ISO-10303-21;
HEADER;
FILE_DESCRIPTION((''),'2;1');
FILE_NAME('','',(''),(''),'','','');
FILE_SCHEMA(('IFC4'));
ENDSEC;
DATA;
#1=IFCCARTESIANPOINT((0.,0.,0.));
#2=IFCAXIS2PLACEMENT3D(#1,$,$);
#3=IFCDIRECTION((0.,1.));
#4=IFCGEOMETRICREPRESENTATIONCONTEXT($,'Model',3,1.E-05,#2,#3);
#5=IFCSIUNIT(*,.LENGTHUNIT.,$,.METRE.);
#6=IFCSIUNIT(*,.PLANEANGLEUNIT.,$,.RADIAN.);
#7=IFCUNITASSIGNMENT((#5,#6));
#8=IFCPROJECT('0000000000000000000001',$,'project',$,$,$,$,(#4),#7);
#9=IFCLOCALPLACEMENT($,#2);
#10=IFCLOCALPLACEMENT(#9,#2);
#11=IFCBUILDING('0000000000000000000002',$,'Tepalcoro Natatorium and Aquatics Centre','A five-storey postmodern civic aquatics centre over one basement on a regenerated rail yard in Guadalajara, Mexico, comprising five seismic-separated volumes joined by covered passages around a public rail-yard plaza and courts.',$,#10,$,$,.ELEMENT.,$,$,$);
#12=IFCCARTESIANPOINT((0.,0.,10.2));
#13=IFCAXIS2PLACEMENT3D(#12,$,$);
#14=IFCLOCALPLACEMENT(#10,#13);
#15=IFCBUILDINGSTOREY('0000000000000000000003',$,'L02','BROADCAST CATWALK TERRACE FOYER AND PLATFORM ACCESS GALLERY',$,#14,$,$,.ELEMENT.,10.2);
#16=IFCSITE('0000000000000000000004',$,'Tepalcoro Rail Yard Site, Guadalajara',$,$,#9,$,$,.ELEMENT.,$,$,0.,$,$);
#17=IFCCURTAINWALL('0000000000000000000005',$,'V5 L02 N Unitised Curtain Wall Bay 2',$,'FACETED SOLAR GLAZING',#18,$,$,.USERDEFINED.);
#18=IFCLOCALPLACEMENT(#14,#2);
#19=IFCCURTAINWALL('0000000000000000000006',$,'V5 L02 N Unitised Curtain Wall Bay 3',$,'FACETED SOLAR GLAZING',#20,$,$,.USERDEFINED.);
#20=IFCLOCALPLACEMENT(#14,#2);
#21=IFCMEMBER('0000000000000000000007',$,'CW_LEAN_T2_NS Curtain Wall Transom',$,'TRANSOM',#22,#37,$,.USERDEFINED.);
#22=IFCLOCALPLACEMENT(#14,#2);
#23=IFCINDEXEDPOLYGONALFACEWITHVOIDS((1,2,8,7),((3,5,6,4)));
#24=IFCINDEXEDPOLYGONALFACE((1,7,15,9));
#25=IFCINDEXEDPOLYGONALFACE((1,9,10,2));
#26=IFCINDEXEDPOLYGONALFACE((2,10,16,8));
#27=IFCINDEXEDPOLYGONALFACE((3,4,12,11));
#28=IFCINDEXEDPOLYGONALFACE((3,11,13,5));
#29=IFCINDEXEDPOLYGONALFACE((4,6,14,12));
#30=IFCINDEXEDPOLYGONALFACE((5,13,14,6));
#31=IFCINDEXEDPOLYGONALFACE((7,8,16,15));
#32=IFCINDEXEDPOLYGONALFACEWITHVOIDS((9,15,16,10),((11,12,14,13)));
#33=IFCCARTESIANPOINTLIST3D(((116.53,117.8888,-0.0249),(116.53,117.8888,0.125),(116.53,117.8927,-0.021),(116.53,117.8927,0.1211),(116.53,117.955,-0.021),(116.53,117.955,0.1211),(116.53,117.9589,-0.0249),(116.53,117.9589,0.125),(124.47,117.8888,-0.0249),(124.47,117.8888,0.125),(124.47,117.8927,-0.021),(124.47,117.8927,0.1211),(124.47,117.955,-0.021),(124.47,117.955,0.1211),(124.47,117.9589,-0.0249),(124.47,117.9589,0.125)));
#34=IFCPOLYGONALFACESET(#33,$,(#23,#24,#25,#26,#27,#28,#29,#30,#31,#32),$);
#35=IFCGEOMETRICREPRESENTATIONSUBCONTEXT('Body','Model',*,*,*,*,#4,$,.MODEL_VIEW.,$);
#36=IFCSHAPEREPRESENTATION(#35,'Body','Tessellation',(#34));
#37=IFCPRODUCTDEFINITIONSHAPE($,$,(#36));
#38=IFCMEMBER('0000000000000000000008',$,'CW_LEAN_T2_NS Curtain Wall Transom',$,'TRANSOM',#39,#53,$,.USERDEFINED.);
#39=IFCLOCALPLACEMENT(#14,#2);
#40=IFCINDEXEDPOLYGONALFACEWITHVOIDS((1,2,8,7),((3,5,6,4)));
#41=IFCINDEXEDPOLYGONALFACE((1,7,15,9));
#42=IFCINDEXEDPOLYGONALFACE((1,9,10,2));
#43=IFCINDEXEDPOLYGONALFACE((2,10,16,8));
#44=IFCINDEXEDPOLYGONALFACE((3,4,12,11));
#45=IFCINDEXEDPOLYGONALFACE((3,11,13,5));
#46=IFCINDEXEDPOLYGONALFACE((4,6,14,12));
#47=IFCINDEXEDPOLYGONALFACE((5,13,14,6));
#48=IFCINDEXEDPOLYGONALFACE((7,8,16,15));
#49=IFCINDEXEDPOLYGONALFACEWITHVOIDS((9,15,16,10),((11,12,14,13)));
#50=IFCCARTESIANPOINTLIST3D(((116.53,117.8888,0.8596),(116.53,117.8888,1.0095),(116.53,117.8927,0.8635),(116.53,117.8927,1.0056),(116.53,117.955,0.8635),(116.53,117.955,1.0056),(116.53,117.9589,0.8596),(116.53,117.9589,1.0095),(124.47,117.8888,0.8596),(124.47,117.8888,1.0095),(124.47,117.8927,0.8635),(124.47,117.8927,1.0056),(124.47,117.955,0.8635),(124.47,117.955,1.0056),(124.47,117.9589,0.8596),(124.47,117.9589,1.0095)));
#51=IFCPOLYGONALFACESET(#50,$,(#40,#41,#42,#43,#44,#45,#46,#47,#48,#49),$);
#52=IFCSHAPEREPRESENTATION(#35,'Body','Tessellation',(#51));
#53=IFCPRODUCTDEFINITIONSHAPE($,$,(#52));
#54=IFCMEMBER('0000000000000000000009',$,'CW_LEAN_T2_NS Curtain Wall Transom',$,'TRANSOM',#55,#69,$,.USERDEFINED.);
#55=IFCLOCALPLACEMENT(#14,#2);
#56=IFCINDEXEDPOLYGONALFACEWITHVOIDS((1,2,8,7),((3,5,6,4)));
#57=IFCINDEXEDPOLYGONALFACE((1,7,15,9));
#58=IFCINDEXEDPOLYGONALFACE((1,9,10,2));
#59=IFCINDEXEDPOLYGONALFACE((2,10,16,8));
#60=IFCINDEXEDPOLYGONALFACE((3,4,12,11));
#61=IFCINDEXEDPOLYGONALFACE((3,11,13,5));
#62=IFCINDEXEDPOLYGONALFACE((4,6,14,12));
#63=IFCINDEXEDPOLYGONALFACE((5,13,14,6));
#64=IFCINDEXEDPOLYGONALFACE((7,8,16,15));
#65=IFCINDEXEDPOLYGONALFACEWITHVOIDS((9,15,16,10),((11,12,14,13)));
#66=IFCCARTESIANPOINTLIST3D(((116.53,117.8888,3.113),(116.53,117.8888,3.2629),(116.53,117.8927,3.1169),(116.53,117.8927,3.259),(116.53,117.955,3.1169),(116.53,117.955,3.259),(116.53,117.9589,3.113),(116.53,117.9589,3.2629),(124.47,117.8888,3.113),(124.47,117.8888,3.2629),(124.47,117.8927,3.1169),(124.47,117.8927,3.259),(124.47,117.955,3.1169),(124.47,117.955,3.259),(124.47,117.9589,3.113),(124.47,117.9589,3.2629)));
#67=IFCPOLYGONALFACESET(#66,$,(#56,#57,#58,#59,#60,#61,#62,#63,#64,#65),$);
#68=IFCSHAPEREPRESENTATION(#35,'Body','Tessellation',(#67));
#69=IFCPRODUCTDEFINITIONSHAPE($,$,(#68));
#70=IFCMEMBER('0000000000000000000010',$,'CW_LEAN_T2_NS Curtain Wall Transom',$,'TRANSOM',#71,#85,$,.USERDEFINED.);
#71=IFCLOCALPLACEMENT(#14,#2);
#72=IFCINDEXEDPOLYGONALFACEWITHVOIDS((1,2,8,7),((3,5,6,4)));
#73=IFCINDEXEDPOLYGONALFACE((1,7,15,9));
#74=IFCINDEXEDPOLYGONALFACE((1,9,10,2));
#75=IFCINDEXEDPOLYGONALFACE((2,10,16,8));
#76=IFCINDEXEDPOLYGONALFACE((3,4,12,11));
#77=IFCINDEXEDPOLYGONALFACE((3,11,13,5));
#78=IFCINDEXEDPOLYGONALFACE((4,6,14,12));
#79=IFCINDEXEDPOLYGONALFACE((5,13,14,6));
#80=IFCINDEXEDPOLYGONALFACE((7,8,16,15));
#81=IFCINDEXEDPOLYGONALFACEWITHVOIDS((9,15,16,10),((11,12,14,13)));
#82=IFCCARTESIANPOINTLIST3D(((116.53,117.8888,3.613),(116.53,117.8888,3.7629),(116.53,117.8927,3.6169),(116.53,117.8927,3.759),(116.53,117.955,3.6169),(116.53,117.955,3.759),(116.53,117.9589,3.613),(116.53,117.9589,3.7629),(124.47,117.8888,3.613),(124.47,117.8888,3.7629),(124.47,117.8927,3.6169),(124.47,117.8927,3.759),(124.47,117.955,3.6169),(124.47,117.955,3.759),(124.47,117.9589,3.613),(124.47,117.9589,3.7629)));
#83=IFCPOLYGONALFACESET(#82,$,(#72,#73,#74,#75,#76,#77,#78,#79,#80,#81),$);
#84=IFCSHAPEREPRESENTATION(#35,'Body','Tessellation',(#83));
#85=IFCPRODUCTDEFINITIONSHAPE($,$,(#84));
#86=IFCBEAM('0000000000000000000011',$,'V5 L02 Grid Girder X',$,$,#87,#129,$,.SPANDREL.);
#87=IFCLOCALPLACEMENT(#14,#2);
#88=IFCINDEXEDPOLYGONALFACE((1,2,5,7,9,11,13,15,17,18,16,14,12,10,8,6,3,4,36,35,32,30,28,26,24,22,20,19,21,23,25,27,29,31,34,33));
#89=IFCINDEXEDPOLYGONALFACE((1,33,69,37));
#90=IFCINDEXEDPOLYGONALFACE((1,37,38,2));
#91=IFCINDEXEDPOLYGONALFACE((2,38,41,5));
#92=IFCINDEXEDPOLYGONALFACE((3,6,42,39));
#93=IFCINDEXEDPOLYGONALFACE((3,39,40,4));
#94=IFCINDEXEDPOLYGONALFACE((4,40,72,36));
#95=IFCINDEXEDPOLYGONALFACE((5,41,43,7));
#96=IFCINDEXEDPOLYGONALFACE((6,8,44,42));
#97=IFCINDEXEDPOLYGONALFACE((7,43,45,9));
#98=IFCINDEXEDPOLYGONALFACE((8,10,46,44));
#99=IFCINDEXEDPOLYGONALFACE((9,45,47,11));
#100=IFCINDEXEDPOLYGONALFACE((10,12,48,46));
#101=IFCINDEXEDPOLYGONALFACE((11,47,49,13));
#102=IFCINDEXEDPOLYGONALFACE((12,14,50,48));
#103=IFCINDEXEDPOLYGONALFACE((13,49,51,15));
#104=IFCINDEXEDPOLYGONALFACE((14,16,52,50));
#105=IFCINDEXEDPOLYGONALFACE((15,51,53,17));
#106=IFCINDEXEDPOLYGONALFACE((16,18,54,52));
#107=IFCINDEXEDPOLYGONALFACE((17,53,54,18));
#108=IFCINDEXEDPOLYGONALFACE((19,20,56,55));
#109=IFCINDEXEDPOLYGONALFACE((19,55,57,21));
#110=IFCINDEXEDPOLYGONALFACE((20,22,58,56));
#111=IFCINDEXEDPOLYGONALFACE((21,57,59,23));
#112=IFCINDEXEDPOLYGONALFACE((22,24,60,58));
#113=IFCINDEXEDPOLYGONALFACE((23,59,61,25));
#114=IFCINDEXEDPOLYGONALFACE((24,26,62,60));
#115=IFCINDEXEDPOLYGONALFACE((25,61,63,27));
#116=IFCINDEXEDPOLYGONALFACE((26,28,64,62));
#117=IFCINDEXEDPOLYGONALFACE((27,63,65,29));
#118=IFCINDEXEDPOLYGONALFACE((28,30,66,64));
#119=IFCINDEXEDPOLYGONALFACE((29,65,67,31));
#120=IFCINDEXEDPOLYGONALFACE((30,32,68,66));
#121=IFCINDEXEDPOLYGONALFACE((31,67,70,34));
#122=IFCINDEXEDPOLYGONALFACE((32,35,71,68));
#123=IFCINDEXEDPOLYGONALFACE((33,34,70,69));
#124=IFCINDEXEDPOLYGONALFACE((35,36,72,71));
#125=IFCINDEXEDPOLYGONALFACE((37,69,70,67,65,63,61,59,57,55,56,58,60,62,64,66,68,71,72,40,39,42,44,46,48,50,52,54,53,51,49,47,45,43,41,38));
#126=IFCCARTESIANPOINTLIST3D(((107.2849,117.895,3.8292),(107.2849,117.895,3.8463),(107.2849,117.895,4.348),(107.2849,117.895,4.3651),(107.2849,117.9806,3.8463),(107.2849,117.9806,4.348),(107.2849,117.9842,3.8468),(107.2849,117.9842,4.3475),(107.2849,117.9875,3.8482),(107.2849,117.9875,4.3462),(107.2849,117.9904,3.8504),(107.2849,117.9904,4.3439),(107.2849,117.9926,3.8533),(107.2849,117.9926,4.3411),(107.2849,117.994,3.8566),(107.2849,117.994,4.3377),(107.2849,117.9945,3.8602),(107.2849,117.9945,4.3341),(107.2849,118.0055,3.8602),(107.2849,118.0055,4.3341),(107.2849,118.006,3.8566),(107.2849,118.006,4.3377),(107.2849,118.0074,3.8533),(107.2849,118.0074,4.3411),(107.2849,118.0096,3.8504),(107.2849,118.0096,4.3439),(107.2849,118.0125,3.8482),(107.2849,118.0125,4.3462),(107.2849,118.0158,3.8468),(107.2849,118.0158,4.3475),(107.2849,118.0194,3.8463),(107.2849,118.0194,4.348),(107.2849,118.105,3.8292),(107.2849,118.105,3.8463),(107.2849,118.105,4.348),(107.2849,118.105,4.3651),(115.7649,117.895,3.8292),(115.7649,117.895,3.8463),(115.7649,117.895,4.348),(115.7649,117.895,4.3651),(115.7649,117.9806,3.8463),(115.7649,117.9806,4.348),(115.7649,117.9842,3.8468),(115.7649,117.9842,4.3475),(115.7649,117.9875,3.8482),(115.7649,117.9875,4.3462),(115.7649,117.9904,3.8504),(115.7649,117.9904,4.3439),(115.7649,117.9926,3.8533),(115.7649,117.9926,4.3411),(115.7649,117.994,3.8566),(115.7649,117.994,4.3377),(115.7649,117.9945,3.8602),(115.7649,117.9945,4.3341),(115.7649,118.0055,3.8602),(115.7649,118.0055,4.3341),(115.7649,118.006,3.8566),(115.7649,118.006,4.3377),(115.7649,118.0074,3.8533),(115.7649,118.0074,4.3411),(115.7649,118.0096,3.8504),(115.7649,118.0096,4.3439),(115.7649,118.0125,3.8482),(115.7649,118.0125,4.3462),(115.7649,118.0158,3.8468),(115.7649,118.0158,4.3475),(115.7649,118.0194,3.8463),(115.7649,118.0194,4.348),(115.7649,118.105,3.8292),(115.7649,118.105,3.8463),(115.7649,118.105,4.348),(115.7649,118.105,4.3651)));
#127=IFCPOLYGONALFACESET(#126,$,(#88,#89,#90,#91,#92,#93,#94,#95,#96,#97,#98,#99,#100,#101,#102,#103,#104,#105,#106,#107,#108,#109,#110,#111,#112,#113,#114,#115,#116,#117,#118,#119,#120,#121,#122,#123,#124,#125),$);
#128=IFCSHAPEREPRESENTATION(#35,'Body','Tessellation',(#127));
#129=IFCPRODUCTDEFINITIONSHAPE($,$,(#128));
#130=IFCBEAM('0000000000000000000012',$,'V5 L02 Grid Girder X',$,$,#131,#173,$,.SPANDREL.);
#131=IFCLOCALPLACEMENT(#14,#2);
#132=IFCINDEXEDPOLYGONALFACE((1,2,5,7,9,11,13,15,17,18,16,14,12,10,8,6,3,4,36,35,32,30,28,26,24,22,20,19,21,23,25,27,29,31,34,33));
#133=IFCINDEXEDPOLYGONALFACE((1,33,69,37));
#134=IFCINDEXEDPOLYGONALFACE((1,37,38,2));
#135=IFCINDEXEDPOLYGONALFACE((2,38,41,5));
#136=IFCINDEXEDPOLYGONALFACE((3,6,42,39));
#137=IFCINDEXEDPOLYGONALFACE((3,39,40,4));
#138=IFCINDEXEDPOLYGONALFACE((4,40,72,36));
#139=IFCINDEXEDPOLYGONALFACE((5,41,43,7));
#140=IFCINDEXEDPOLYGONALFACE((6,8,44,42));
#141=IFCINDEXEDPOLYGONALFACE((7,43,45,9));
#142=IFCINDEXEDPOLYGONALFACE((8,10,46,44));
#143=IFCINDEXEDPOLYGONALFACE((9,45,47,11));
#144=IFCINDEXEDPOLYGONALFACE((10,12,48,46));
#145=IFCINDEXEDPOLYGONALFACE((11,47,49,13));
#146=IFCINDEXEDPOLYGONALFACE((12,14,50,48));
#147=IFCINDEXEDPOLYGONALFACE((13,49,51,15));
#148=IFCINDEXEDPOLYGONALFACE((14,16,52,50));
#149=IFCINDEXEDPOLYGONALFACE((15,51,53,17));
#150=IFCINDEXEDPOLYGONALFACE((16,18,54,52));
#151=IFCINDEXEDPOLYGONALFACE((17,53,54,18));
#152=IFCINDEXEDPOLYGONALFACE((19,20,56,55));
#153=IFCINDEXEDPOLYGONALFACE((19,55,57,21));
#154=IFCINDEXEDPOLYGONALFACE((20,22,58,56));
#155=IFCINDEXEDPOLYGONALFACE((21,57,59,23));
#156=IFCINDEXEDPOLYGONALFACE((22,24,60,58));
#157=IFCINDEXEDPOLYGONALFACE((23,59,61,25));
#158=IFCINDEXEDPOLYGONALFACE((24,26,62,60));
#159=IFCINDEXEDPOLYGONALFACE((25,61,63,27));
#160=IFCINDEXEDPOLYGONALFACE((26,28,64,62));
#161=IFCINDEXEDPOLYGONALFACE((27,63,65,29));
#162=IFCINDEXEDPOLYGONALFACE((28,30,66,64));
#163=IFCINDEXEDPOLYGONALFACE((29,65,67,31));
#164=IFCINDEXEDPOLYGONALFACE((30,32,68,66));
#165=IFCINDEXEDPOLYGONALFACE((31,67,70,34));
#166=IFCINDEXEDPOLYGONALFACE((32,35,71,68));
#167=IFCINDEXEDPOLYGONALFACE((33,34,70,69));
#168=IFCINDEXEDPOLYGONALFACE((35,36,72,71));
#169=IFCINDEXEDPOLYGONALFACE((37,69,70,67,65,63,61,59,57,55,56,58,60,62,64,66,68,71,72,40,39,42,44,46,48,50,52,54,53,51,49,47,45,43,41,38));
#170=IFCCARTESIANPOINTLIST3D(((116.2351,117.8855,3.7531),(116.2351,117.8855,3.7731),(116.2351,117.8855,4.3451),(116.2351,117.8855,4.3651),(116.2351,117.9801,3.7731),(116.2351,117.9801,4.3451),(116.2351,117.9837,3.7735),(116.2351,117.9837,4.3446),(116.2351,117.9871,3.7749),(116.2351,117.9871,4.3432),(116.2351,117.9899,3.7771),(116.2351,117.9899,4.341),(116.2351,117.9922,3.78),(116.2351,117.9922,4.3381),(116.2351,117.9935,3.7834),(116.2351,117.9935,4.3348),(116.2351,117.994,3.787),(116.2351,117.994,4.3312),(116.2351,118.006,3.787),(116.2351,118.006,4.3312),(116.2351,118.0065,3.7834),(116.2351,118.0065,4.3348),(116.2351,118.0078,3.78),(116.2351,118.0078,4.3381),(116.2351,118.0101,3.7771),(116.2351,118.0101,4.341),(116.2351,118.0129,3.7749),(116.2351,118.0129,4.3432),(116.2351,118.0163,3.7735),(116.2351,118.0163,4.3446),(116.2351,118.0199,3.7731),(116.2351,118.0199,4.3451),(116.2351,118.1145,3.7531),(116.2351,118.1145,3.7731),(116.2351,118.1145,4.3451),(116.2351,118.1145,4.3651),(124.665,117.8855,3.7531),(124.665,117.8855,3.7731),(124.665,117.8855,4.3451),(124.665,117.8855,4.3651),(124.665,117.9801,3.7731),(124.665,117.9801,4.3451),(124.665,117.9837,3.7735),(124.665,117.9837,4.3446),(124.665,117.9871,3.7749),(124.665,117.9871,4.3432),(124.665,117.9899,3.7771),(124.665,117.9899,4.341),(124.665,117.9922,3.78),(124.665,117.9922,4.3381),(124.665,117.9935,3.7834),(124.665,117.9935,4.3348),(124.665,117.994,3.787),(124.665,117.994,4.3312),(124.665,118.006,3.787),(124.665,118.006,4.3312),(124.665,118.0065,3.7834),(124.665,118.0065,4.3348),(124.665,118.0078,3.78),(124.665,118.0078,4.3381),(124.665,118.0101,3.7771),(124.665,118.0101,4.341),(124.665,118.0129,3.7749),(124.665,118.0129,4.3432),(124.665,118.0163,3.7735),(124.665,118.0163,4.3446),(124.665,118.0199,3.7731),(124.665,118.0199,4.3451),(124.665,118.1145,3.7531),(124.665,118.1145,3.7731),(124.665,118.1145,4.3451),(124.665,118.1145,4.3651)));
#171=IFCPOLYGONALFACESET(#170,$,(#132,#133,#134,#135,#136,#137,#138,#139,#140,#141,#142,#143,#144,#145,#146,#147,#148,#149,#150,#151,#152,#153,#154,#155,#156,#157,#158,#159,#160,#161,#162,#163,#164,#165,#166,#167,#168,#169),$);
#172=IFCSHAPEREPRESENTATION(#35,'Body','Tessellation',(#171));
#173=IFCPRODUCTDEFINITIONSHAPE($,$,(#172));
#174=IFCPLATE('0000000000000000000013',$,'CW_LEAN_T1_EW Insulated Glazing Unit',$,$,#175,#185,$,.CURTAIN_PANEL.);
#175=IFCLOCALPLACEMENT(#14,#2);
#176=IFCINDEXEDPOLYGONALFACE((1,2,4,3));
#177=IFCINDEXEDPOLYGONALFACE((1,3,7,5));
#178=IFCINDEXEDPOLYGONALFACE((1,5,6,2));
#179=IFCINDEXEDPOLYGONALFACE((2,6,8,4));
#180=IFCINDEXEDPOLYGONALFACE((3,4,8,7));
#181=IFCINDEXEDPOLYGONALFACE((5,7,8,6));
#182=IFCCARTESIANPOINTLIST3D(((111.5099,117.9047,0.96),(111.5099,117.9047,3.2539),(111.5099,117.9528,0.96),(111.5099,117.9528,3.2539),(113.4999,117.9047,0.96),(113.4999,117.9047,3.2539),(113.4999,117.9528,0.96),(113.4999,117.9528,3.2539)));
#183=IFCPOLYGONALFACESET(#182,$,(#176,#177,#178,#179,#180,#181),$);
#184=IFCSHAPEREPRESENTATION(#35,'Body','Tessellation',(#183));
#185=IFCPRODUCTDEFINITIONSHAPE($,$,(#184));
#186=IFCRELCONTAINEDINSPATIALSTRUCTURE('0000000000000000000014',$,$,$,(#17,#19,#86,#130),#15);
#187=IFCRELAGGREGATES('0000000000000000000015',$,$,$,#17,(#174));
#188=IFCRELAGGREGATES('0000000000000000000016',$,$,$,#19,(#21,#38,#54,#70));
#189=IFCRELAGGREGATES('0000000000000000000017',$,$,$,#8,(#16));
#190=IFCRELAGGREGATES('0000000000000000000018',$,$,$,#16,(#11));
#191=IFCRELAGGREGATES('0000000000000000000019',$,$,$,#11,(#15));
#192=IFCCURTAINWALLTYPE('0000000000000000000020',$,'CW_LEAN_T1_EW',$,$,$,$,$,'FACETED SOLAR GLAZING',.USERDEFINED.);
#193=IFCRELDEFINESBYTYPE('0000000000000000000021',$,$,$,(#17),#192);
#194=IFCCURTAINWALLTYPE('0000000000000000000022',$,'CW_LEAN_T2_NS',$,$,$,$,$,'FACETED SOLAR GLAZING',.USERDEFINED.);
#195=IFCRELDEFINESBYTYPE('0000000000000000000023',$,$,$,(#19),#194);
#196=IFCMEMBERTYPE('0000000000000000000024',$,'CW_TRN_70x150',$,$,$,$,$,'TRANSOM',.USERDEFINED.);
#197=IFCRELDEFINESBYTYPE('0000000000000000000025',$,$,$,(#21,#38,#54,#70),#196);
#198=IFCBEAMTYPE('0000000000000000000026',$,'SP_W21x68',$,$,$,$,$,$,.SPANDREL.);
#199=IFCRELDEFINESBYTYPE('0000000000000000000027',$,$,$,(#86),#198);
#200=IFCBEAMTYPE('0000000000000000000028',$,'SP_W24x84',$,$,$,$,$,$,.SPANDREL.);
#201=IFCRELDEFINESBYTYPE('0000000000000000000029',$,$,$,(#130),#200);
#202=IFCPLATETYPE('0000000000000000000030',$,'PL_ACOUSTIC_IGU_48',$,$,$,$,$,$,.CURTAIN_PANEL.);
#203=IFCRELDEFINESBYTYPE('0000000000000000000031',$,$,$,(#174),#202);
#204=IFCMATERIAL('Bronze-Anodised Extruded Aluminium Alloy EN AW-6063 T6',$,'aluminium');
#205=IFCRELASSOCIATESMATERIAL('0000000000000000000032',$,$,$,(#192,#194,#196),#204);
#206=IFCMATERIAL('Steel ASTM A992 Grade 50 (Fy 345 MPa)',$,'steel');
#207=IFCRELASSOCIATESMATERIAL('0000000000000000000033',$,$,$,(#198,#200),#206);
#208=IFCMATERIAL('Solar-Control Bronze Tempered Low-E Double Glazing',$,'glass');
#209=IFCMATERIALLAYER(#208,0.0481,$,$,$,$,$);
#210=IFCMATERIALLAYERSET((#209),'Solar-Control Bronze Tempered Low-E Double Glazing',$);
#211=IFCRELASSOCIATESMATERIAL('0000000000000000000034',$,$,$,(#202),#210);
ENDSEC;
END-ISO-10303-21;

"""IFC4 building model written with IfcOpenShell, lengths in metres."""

from ifc_helpers import new_model, si_unit, direction, frame, origin, origin_2d, place, context, subcontext, project, spatial, rectangle, hollow_rectangle, i_section, extrude, material, layer, layer_set, material_profile, profile_set, type_object, element, aggregate, save


model = new_model("IFC4")

# Units and contexts
model_context = context("Model", 3, precision=1e-05, world=origin(), true_north=direction((0.0, 1.0)))
body_context = subcontext(model_context, "Body", "Model", "MODEL_VIEW")
ifc_project = project(units=[si_unit("LENGTHUNIT", "METRE"), si_unit("PLANEANGLEUNIT", "RADIAN")], contexts=[model_context])

# Site, building, storey
site_placement = place(None, origin())
site = spatial("IfcSite", under=ifc_project, at=site_placement, Name="Tepalcoro Rail Yard Site, Guadalajara", CompositionType="ELEMENT", RefElevation=0.0)
building_placement = place(site_placement, origin())
building = spatial("IfcBuilding", under=site, at=building_placement, Name="Tepalcoro Natatorium and Aquatics Centre", Description="A five-storey postmodern civic aquatics centre over one basement on a regenerated rail yard in Guadalajara, Mexico, comprising five seismic-separated volumes joined by covered passages around a public rail-yard plaza and courts.", CompositionType="ELEMENT")
storey_placement = place(building_placement, frame((0.0, 0.0, 10.2)))
storey = spatial("IfcBuildingStorey", under=building, at=storey_placement, Name="L02", Description="BROADCAST CATWALK TERRACE FOYER AND PLATFORM ACCESS GALLERY", CompositionType="ELEMENT", Elevation=10.2)

# Shared definitions
ifc_material_1 = material(Name="Steel ASTM A992 Grade 50 (Fy 345 MPa)", Category="steel")

# Curtain walls
ifc_material_2 = material(Name="Bronze-Anodised Extruded Aluminium Alloy EN AW-6063 T6", Category="aluminium")
curtain_wall_type_1 = type_object("IfcCurtainWallType", Name="CW_LEAN_T1_EW", ElementType="FACETED SOLAR GLAZING", PredefinedType="USERDEFINED", material=ifc_material_2)
curtain_wall_1_placement = place(storey_placement, origin())
curtain_wall_1 = element("IfcCurtainWall", 1, at=curtain_wall_1_placement, inside=storey, type_object=curtain_wall_type_1, Name="V5 L02 N Unitised Curtain Wall Bay 2", ObjectType="FACETED SOLAR GLAZING", PredefinedType="USERDEFINED")
curtain_wall_type_2 = type_object("IfcCurtainWallType", Name="CW_LEAN_T2_NS", ElementType="FACETED SOLAR GLAZING", PredefinedType="USERDEFINED", material=ifc_material_2)
curtain_wall_2_placement = place(storey_placement, origin())
curtain_wall_2 = element("IfcCurtainWall", 2, at=curtain_wall_2_placement, inside=storey, type_object=curtain_wall_type_2, Name="V5 L02 N Unitised Curtain Wall Bay 3", ObjectType="FACETED SOLAR GLAZING", PredefinedType="USERDEFINED")

# Members
ifc_material_profile_1 = material_profile(ifc_material_2, hollow_rectangle(XDim=0.0701, YDim=0.1499, WallThickness=0.0039, at=origin_2d()), Name="AL70X150X4")
ifc_profile_set_1 = profile_set([ifc_material_profile_1], Name="Bronze-Anodised Extruded Aluminium Alloy EN AW-6063 T6")
member_type_1 = type_object("IfcMemberType", Name="CW_TRN_70x150", ElementType="TRANSOM", PredefinedType="USERDEFINED", material=ifc_profile_set_1)
member_1_placement = place(storey_placement, frame((116.53, 117.9238, 0.05), z_axis=(1.0, 0.0, 0.0), x_axis=(0.0, 1.0, 0.0)))
member_1 = element("IfcMember", 3, at=member_1_placement, type_object=member_type_1, Name="CW_LEAN_T2_NS Curtain Wall Transom", ObjectType="TRANSOM", PredefinedType="USERDEFINED", context=body_context, shape_type="SweptSolid", body=[
    extrude(hollow_rectangle(XDim=0.0701, YDim=0.1499, WallThickness=0.0039, at=origin_2d()), origin(), (0.0, 0.0, 1.0), 7.9399),
])
member_2_placement = place(storey_placement, frame((116.53, 117.9238, 0.9346), z_axis=(1.0, 0.0, 0.0), x_axis=(0.0, 1.0, 0.0)))
member_2 = element("IfcMember", 4, at=member_2_placement, type_object=member_type_1, Name="CW_LEAN_T2_NS Curtain Wall Transom", ObjectType="TRANSOM", PredefinedType="USERDEFINED", context=body_context, shape_type="SweptSolid", body=[
    extrude(hollow_rectangle(XDim=0.0701, YDim=0.1499, WallThickness=0.0039, at=origin_2d()), origin(), (0.0, 0.0, 1.0), 7.9399),
])
member_3_placement = place(storey_placement, frame((116.53, 117.9238, 3.188), z_axis=(1.0, 0.0, 0.0), x_axis=(0.0, 1.0, 0.0)))
member_3 = element("IfcMember", 5, at=member_3_placement, type_object=member_type_1, Name="CW_LEAN_T2_NS Curtain Wall Transom", ObjectType="TRANSOM", PredefinedType="USERDEFINED", context=body_context, shape_type="SweptSolid", body=[
    extrude(hollow_rectangle(XDim=0.0701, YDim=0.1499, WallThickness=0.0039, at=origin_2d()), origin(), (0.0, 0.0, 1.0), 7.9399),
])
member_4_placement = place(storey_placement, frame((116.53, 117.9238, 3.688), z_axis=(1.0, 0.0, 0.0), x_axis=(0.0, 1.0, 0.0)))
member_4 = element("IfcMember", 6, at=member_4_placement, type_object=member_type_1, Name="CW_LEAN_T2_NS Curtain Wall Transom", ObjectType="TRANSOM", PredefinedType="USERDEFINED", context=body_context, shape_type="SweptSolid", body=[
    extrude(hollow_rectangle(XDim=0.0701, YDim=0.1499, WallThickness=0.0039, at=origin_2d()), origin(), (0.0, 0.0, 1.0), 7.9399),
])

# Beams
ifc_material_profile_2 = material_profile(ifc_material_1, i_section(OverallWidth=0.21, OverallDepth=0.5359, WebThickness=0.011, FlangeThickness=0.0171, FilletRadius=0.0139, at=origin_2d()), Name="W21X68")
ifc_profile_set_2 = profile_set([ifc_material_profile_2], Name="Steel ASTM A992 Grade 50 (Fy 345 MPa)")
beam_type_1 = type_object("IfcBeamType", Name="SP_W21x68", PredefinedType="SPANDREL", material=ifc_profile_set_2)
beam_1_placement = place(storey_placement, frame((107.2849, 118.0, 4.0972), z_axis=(1.0, 0.0, 0.0), x_axis=(0.0, 1.0, 0.0)))
element("IfcBeam", 7, at=beam_1_placement, inside=storey, type_object=beam_type_1, Name="V5 L02 Grid Girder X", PredefinedType="SPANDREL", context=body_context, shape_type="SweptSolid", body=[
    extrude(i_section(OverallWidth=0.21, OverallDepth=0.5359, WebThickness=0.011, FlangeThickness=0.0171, FilletRadius=0.0139, at=origin_2d()), origin(), (0.0, 0.0, 1.0), 8.48),
])
ifc_material_profile_3 = material_profile(ifc_material_1, i_section(OverallWidth=0.229, OverallDepth=0.6121, WebThickness=0.012, FlangeThickness=0.02, FilletRadius=0.0139, at=origin_2d()), Name="W24X84")
ifc_profile_set_3 = profile_set([ifc_material_profile_3], Name="Steel ASTM A992 Grade 50 (Fy 345 MPa)")
beam_type_2 = type_object("IfcBeamType", Name="SP_W24x84", PredefinedType="SPANDREL", material=ifc_profile_set_3)
beam_2_placement = place(storey_placement, frame((116.2351, 118.0, 4.0591), z_axis=(1.0, 0.0, 0.0), x_axis=(0.0, 1.0, 0.0)))
element("IfcBeam", 8, at=beam_2_placement, inside=storey, type_object=beam_type_2, Name="V5 L02 Grid Girder X", PredefinedType="SPANDREL", context=body_context, shape_type="SweptSolid", body=[
    extrude(i_section(OverallWidth=0.229, OverallDepth=0.6121, WebThickness=0.012, FlangeThickness=0.02, FilletRadius=0.0139, at=origin_2d()), origin(), (0.0, 0.0, 1.0), 8.4299),
])

# Plate
ifc_material_3 = material(Name="Solar-Control Bronze Tempered Low-E Double Glazing", Category="glass")
ifc_layer_1 = layer(ifc_material_3, 0.0481)
ifc_layer_set_1 = layer_set([ifc_layer_1], Name="Solar-Control Bronze Tempered Low-E Double Glazing")
plate_type_1 = type_object("IfcPlateType", Name="PL_ACOUSTIC_IGU_48", PredefinedType="CURTAIN_PANEL", material=ifc_layer_set_1)
plate_1_placement = place(storey_placement, frame((112.5049, 117.9287, 0.96), z_axis=(0.0, 0.0, 1.0), x_axis=(1.0, 0.0, 0.0)))
plate_1 = element("IfcPlate", 9, at=plate_1_placement, type_object=plate_type_1, Name="CW_LEAN_T1_EW Insulated Glazing Unit", PredefinedType="CURTAIN_PANEL", context=body_context, shape_type="SweptSolid", body=[
    extrude(rectangle(XDim=1.99, YDim=0.0481, at=origin_2d()), origin(), (0.0, 0.0, 1.0), 2.2939),
])
aggregate(curtain_wall_1, [plate_1])
aggregate(curtain_wall_2, [member_1, member_2, member_3, member_4])

save(model, "model.ifc")
